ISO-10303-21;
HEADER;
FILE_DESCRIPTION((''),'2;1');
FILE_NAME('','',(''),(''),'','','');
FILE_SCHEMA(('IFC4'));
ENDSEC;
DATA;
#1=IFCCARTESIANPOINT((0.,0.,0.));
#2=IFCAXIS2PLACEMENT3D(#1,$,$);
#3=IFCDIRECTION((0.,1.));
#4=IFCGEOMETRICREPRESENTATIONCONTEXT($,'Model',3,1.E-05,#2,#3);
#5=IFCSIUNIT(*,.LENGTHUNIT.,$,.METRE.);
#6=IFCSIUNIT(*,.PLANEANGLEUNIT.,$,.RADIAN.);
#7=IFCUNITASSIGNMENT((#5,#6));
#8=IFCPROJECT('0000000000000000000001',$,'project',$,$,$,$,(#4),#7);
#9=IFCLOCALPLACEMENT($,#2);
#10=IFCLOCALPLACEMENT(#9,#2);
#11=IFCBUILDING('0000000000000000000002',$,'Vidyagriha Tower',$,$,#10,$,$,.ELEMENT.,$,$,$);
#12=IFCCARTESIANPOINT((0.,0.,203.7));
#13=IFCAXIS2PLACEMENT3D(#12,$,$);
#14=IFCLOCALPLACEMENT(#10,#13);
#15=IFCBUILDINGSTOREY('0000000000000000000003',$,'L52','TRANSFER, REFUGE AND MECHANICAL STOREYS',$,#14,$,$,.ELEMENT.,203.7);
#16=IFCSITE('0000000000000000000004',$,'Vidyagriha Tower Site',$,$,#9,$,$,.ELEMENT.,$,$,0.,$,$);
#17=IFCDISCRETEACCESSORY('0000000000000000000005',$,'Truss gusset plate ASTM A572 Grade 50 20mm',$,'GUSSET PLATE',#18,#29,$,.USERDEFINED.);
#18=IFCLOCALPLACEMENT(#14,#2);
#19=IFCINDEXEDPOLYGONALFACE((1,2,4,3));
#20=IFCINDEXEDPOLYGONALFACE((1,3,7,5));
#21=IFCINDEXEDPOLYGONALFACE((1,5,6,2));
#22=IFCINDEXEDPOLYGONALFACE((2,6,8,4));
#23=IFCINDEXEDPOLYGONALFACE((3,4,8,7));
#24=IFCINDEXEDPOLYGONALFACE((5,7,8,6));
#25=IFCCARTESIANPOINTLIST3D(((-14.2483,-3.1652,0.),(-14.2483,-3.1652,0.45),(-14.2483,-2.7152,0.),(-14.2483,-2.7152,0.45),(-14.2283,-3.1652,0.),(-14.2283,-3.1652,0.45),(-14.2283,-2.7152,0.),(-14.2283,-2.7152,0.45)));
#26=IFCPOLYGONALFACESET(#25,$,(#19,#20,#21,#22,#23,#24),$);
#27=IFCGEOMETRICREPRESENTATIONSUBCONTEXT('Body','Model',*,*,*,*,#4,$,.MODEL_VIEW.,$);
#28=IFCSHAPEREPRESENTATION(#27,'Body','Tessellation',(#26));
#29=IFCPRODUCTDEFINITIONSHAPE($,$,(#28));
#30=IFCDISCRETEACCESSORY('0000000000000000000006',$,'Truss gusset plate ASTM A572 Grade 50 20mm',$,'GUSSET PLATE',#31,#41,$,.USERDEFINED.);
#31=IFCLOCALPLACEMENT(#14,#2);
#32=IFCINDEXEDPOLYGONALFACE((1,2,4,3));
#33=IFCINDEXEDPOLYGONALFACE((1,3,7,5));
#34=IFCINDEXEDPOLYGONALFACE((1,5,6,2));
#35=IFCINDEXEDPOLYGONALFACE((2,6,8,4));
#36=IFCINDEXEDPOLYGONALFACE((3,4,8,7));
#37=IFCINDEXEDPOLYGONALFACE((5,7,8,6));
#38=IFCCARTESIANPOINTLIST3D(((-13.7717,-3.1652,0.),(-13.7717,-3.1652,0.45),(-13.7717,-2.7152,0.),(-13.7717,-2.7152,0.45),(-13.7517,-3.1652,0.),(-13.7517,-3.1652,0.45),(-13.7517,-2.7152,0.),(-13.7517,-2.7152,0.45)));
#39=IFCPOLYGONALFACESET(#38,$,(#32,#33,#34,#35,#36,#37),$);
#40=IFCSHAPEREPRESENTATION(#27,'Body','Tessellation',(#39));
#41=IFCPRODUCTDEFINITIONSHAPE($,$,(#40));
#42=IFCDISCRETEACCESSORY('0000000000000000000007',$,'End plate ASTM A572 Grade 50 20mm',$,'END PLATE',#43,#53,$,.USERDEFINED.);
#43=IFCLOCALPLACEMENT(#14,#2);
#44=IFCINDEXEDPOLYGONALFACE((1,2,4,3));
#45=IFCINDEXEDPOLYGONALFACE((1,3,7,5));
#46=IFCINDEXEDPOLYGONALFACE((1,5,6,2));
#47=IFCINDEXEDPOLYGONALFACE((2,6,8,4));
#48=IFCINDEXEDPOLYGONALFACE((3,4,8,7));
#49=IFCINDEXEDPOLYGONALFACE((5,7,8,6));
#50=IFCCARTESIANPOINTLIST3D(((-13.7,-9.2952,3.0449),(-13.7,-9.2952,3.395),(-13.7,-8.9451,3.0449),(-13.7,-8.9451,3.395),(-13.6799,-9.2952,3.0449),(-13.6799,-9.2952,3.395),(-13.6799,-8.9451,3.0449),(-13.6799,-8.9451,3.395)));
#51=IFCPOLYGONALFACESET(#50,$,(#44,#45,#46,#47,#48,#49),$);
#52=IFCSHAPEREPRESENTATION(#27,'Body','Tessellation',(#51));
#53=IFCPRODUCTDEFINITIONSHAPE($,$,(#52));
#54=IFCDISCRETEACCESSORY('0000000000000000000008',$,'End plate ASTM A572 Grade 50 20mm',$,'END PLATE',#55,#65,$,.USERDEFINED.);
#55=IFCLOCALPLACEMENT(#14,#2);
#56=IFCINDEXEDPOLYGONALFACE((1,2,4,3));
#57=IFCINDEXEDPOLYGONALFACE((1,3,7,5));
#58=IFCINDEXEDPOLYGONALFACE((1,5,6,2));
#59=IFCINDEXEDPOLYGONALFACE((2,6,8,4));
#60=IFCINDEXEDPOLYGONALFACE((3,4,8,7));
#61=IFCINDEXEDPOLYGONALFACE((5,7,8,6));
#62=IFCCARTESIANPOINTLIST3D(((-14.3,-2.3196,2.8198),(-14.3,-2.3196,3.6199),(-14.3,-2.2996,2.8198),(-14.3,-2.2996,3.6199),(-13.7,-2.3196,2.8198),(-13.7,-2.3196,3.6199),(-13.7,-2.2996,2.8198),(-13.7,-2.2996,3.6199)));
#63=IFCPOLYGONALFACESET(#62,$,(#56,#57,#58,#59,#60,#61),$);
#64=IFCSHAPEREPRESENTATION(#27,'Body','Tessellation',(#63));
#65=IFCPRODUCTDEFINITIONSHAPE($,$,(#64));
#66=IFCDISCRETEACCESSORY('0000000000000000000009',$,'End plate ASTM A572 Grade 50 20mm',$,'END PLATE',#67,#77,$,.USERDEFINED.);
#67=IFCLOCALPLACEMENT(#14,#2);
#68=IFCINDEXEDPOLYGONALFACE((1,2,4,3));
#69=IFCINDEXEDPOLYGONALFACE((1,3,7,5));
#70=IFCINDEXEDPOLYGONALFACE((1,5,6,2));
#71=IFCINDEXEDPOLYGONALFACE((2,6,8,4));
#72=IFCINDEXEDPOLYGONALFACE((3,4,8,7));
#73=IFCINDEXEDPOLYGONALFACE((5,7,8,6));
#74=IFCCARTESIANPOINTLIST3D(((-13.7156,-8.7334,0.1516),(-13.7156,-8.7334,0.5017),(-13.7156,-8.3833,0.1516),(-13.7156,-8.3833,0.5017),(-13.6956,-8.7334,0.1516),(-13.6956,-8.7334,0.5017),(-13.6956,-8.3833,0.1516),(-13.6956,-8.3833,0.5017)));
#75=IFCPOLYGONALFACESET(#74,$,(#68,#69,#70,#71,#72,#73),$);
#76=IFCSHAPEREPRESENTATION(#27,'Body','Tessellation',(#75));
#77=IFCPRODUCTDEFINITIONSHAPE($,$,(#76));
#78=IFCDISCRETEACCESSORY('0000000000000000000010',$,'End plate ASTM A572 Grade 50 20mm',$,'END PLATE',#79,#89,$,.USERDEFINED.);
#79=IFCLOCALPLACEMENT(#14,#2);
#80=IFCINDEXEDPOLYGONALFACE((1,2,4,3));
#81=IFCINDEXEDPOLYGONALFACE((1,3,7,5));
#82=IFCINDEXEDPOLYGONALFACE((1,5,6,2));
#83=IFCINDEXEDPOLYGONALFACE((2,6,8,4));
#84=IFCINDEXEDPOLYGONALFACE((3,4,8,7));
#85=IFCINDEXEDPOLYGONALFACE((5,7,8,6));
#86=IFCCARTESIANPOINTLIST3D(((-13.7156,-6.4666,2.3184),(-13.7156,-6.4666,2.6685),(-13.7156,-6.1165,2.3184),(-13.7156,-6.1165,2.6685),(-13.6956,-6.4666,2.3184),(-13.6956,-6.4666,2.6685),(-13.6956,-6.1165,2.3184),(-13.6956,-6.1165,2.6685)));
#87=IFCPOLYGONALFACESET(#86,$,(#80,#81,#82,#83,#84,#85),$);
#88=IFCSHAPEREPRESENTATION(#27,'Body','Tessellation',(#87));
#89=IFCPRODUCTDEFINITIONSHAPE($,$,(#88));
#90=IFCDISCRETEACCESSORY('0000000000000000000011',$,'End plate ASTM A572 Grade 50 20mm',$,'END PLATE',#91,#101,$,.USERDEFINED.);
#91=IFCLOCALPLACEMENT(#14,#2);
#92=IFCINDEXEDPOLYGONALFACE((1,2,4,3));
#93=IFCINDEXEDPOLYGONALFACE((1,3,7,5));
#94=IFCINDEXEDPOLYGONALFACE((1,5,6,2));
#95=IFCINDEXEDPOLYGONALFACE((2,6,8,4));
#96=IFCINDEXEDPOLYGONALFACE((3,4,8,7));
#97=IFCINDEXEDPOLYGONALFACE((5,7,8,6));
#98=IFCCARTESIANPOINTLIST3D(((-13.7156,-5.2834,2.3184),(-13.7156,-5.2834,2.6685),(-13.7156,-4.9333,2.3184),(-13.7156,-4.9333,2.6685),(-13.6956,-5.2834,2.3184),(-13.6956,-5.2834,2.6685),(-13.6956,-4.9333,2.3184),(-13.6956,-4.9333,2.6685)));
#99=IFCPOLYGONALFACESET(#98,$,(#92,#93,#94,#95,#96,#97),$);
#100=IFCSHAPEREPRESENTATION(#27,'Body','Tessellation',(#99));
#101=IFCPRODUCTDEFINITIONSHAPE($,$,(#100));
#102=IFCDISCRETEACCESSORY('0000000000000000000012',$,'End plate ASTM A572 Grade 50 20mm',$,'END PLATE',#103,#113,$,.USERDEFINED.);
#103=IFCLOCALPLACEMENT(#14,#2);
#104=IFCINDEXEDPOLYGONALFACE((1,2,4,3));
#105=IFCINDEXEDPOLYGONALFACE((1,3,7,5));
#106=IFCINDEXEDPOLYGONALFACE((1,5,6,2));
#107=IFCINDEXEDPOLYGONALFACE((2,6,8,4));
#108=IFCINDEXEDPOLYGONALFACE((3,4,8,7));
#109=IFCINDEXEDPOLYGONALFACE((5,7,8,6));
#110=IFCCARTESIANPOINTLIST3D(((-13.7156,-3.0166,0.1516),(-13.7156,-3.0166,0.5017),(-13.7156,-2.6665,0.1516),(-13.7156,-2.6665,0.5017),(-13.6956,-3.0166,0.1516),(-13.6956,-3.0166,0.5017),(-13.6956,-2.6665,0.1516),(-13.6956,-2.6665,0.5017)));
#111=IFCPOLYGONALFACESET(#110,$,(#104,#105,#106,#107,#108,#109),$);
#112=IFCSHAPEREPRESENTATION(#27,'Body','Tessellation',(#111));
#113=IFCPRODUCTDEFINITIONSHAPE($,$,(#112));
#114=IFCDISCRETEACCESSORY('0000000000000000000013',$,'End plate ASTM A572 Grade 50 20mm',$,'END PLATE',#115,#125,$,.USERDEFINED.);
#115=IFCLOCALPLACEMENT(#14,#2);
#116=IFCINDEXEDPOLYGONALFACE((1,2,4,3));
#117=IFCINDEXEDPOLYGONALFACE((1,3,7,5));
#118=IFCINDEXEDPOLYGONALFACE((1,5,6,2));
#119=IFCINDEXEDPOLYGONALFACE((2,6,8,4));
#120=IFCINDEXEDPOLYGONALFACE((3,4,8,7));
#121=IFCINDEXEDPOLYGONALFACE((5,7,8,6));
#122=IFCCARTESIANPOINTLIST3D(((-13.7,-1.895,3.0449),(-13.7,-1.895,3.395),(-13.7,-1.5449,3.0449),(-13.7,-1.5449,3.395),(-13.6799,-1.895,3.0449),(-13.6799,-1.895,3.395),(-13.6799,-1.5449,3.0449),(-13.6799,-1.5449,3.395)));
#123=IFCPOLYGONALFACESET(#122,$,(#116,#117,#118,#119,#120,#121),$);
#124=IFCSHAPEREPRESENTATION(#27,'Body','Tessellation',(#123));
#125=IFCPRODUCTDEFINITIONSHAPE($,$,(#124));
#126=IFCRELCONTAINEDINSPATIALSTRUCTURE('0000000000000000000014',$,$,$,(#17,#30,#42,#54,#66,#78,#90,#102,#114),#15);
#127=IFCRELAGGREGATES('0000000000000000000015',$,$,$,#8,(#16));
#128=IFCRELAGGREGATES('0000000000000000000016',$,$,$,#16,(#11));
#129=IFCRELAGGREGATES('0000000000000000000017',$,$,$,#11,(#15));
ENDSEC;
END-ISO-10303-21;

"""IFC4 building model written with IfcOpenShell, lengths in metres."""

from ifc_helpers import new_model, si_unit, direction, frame, origin, origin_2d, place, context, subcontext, project, spatial, rectangle, extrude, element, save


model = new_model("IFC4")

# Units and contexts
model_context = context("Model", 3, precision=1e-05, world=origin(), true_north=direction((0.0, 1.0)))
body_context = subcontext(model_context, "Body", "Model", "MODEL_VIEW")
ifc_project = project(units=[si_unit("LENGTHUNIT", "METRE"), si_unit("PLANEANGLEUNIT", "RADIAN")], contexts=[model_context])

# Site, building, storey
site_placement = place(None, origin())
site = spatial("IfcSite", under=ifc_project, at=site_placement, Name="Vidyagriha Tower Site", CompositionType="ELEMENT", RefElevation=0.0)
building_placement = place(site_placement, origin())
building = spatial("IfcBuilding", under=site, at=building_placement, Name="Vidyagriha Tower", CompositionType="ELEMENT")
storey_placement = place(building_placement, frame((0.0, 0.0, 203.7)))
storey = spatial("IfcBuildingStorey", under=building, at=storey_placement, Name="L52", Description="TRANSFER, REFUGE AND MECHANICAL STOREYS", CompositionType="ELEMENT", Elevation=203.7)

# Discrete accessories
for number, where, z_axis, x_axis, name in (
    (1, (-14.2383, -2.9402, 0.0), (0.0, 0.0, 1.0), (0.0, 1.0, 0.0), "Truss gusset plate ASTM A572 Grade 50 20mm"),
    (2, (-13.7617, -2.9402, 0.0), (0.0, 0.0, 1.0), (0.0, 1.0, 0.0), "Truss gusset plate ASTM A572 Grade 50 20mm"),
):
    element("IfcDiscreteAccessory", number, at=place(storey_placement, frame(where, z_axis=z_axis, x_axis=x_axis)), inside=storey, Name=name, ObjectType="GUSSET PLATE", PredefinedType="USERDEFINED", context=body_context, shape_type="SweptSolid", body=[
        extrude(rectangle(XDim=0.45, YDim=0.02, at=origin_2d()), origin(), (0.0, 0.0, 1.0), 0.45),
    ])
discrete_accessory_1_placement = place(storey_placement, frame((-13.6899, -9.1201, 3.0449), z_axis=(0.0, 0.0, 1.0), x_axis=(0.0, -1.0, 0.0)))
element("IfcDiscreteAccessory", 3, at=discrete_accessory_1_placement, inside=storey, Name="End plate ASTM A572 Grade 50 20mm", ObjectType="END PLATE", PredefinedType="USERDEFINED", context=body_context, shape_type="SweptSolid", body=[
    extrude(rectangle(XDim=0.3501, YDim=0.02, at=origin_2d()), origin(), (0.0, 0.0, 1.0), 0.3501),
])
discrete_accessory_2_placement = place(storey_placement, frame((-14.0, -2.3096, 2.8198), z_axis=(0.0, 0.0, 1.0), x_axis=(0.0, 1.0, 0.0)))
element("IfcDiscreteAccessory", 4, at=discrete_accessory_2_placement, inside=storey, Name="End plate ASTM A572 Grade 50 20mm", ObjectType="END PLATE", PredefinedType="USERDEFINED", context=body_context, shape_type="SweptSolid", body=[
    extrude(rectangle(XDim=0.02, YDim=0.6001, at=origin_2d()), origin(), (0.0, 0.0, 1.0), 0.8),
])
for number, where, z_axis, x_axis, name in (
    (5, (-13.7056, -8.5583, 0.1516), (0.0, 0.0, 1.0), (0.0, -1.0, 0.0), "End plate ASTM A572 Grade 50 20mm"),
    (6, (-13.7056, -6.2915, 2.3184), (0.0, 0.0, 1.0), (0.0, 1.0, 0.0), "End plate ASTM A572 Grade 50 20mm"),
    (7, (-13.7056, -5.1084, 2.3184), (0.0, 0.0, 1.0), (0.0, -1.0, 0.0), "End plate ASTM A572 Grade 50 20mm"),
    (8, (-13.7056, -2.8416, 0.1516), (0.0, 0.0, 1.0), (0.0, 1.0, 0.0), "End plate ASTM A572 Grade 50 20mm"),
    (9, (-13.6899, -1.72, 3.0449), (0.0, 0.0, 1.0), (0.0, -1.0, 0.0), "End plate ASTM A572 Grade 50 20mm"),
):
    element("IfcDiscreteAccessory", number, at=place(storey_placement, frame(where, z_axis=z_axis, x_axis=x_axis)), inside=storey, Name=name, ObjectType="END PLATE", PredefinedType="USERDEFINED", context=body_context, shape_type="SweptSolid", body=[
        extrude(rectangle(XDim=0.3501, YDim=0.02, at=origin_2d()), origin(), (0.0, 0.0, 1.0), 0.3501),
    ])

save(model, "model.ifc")
